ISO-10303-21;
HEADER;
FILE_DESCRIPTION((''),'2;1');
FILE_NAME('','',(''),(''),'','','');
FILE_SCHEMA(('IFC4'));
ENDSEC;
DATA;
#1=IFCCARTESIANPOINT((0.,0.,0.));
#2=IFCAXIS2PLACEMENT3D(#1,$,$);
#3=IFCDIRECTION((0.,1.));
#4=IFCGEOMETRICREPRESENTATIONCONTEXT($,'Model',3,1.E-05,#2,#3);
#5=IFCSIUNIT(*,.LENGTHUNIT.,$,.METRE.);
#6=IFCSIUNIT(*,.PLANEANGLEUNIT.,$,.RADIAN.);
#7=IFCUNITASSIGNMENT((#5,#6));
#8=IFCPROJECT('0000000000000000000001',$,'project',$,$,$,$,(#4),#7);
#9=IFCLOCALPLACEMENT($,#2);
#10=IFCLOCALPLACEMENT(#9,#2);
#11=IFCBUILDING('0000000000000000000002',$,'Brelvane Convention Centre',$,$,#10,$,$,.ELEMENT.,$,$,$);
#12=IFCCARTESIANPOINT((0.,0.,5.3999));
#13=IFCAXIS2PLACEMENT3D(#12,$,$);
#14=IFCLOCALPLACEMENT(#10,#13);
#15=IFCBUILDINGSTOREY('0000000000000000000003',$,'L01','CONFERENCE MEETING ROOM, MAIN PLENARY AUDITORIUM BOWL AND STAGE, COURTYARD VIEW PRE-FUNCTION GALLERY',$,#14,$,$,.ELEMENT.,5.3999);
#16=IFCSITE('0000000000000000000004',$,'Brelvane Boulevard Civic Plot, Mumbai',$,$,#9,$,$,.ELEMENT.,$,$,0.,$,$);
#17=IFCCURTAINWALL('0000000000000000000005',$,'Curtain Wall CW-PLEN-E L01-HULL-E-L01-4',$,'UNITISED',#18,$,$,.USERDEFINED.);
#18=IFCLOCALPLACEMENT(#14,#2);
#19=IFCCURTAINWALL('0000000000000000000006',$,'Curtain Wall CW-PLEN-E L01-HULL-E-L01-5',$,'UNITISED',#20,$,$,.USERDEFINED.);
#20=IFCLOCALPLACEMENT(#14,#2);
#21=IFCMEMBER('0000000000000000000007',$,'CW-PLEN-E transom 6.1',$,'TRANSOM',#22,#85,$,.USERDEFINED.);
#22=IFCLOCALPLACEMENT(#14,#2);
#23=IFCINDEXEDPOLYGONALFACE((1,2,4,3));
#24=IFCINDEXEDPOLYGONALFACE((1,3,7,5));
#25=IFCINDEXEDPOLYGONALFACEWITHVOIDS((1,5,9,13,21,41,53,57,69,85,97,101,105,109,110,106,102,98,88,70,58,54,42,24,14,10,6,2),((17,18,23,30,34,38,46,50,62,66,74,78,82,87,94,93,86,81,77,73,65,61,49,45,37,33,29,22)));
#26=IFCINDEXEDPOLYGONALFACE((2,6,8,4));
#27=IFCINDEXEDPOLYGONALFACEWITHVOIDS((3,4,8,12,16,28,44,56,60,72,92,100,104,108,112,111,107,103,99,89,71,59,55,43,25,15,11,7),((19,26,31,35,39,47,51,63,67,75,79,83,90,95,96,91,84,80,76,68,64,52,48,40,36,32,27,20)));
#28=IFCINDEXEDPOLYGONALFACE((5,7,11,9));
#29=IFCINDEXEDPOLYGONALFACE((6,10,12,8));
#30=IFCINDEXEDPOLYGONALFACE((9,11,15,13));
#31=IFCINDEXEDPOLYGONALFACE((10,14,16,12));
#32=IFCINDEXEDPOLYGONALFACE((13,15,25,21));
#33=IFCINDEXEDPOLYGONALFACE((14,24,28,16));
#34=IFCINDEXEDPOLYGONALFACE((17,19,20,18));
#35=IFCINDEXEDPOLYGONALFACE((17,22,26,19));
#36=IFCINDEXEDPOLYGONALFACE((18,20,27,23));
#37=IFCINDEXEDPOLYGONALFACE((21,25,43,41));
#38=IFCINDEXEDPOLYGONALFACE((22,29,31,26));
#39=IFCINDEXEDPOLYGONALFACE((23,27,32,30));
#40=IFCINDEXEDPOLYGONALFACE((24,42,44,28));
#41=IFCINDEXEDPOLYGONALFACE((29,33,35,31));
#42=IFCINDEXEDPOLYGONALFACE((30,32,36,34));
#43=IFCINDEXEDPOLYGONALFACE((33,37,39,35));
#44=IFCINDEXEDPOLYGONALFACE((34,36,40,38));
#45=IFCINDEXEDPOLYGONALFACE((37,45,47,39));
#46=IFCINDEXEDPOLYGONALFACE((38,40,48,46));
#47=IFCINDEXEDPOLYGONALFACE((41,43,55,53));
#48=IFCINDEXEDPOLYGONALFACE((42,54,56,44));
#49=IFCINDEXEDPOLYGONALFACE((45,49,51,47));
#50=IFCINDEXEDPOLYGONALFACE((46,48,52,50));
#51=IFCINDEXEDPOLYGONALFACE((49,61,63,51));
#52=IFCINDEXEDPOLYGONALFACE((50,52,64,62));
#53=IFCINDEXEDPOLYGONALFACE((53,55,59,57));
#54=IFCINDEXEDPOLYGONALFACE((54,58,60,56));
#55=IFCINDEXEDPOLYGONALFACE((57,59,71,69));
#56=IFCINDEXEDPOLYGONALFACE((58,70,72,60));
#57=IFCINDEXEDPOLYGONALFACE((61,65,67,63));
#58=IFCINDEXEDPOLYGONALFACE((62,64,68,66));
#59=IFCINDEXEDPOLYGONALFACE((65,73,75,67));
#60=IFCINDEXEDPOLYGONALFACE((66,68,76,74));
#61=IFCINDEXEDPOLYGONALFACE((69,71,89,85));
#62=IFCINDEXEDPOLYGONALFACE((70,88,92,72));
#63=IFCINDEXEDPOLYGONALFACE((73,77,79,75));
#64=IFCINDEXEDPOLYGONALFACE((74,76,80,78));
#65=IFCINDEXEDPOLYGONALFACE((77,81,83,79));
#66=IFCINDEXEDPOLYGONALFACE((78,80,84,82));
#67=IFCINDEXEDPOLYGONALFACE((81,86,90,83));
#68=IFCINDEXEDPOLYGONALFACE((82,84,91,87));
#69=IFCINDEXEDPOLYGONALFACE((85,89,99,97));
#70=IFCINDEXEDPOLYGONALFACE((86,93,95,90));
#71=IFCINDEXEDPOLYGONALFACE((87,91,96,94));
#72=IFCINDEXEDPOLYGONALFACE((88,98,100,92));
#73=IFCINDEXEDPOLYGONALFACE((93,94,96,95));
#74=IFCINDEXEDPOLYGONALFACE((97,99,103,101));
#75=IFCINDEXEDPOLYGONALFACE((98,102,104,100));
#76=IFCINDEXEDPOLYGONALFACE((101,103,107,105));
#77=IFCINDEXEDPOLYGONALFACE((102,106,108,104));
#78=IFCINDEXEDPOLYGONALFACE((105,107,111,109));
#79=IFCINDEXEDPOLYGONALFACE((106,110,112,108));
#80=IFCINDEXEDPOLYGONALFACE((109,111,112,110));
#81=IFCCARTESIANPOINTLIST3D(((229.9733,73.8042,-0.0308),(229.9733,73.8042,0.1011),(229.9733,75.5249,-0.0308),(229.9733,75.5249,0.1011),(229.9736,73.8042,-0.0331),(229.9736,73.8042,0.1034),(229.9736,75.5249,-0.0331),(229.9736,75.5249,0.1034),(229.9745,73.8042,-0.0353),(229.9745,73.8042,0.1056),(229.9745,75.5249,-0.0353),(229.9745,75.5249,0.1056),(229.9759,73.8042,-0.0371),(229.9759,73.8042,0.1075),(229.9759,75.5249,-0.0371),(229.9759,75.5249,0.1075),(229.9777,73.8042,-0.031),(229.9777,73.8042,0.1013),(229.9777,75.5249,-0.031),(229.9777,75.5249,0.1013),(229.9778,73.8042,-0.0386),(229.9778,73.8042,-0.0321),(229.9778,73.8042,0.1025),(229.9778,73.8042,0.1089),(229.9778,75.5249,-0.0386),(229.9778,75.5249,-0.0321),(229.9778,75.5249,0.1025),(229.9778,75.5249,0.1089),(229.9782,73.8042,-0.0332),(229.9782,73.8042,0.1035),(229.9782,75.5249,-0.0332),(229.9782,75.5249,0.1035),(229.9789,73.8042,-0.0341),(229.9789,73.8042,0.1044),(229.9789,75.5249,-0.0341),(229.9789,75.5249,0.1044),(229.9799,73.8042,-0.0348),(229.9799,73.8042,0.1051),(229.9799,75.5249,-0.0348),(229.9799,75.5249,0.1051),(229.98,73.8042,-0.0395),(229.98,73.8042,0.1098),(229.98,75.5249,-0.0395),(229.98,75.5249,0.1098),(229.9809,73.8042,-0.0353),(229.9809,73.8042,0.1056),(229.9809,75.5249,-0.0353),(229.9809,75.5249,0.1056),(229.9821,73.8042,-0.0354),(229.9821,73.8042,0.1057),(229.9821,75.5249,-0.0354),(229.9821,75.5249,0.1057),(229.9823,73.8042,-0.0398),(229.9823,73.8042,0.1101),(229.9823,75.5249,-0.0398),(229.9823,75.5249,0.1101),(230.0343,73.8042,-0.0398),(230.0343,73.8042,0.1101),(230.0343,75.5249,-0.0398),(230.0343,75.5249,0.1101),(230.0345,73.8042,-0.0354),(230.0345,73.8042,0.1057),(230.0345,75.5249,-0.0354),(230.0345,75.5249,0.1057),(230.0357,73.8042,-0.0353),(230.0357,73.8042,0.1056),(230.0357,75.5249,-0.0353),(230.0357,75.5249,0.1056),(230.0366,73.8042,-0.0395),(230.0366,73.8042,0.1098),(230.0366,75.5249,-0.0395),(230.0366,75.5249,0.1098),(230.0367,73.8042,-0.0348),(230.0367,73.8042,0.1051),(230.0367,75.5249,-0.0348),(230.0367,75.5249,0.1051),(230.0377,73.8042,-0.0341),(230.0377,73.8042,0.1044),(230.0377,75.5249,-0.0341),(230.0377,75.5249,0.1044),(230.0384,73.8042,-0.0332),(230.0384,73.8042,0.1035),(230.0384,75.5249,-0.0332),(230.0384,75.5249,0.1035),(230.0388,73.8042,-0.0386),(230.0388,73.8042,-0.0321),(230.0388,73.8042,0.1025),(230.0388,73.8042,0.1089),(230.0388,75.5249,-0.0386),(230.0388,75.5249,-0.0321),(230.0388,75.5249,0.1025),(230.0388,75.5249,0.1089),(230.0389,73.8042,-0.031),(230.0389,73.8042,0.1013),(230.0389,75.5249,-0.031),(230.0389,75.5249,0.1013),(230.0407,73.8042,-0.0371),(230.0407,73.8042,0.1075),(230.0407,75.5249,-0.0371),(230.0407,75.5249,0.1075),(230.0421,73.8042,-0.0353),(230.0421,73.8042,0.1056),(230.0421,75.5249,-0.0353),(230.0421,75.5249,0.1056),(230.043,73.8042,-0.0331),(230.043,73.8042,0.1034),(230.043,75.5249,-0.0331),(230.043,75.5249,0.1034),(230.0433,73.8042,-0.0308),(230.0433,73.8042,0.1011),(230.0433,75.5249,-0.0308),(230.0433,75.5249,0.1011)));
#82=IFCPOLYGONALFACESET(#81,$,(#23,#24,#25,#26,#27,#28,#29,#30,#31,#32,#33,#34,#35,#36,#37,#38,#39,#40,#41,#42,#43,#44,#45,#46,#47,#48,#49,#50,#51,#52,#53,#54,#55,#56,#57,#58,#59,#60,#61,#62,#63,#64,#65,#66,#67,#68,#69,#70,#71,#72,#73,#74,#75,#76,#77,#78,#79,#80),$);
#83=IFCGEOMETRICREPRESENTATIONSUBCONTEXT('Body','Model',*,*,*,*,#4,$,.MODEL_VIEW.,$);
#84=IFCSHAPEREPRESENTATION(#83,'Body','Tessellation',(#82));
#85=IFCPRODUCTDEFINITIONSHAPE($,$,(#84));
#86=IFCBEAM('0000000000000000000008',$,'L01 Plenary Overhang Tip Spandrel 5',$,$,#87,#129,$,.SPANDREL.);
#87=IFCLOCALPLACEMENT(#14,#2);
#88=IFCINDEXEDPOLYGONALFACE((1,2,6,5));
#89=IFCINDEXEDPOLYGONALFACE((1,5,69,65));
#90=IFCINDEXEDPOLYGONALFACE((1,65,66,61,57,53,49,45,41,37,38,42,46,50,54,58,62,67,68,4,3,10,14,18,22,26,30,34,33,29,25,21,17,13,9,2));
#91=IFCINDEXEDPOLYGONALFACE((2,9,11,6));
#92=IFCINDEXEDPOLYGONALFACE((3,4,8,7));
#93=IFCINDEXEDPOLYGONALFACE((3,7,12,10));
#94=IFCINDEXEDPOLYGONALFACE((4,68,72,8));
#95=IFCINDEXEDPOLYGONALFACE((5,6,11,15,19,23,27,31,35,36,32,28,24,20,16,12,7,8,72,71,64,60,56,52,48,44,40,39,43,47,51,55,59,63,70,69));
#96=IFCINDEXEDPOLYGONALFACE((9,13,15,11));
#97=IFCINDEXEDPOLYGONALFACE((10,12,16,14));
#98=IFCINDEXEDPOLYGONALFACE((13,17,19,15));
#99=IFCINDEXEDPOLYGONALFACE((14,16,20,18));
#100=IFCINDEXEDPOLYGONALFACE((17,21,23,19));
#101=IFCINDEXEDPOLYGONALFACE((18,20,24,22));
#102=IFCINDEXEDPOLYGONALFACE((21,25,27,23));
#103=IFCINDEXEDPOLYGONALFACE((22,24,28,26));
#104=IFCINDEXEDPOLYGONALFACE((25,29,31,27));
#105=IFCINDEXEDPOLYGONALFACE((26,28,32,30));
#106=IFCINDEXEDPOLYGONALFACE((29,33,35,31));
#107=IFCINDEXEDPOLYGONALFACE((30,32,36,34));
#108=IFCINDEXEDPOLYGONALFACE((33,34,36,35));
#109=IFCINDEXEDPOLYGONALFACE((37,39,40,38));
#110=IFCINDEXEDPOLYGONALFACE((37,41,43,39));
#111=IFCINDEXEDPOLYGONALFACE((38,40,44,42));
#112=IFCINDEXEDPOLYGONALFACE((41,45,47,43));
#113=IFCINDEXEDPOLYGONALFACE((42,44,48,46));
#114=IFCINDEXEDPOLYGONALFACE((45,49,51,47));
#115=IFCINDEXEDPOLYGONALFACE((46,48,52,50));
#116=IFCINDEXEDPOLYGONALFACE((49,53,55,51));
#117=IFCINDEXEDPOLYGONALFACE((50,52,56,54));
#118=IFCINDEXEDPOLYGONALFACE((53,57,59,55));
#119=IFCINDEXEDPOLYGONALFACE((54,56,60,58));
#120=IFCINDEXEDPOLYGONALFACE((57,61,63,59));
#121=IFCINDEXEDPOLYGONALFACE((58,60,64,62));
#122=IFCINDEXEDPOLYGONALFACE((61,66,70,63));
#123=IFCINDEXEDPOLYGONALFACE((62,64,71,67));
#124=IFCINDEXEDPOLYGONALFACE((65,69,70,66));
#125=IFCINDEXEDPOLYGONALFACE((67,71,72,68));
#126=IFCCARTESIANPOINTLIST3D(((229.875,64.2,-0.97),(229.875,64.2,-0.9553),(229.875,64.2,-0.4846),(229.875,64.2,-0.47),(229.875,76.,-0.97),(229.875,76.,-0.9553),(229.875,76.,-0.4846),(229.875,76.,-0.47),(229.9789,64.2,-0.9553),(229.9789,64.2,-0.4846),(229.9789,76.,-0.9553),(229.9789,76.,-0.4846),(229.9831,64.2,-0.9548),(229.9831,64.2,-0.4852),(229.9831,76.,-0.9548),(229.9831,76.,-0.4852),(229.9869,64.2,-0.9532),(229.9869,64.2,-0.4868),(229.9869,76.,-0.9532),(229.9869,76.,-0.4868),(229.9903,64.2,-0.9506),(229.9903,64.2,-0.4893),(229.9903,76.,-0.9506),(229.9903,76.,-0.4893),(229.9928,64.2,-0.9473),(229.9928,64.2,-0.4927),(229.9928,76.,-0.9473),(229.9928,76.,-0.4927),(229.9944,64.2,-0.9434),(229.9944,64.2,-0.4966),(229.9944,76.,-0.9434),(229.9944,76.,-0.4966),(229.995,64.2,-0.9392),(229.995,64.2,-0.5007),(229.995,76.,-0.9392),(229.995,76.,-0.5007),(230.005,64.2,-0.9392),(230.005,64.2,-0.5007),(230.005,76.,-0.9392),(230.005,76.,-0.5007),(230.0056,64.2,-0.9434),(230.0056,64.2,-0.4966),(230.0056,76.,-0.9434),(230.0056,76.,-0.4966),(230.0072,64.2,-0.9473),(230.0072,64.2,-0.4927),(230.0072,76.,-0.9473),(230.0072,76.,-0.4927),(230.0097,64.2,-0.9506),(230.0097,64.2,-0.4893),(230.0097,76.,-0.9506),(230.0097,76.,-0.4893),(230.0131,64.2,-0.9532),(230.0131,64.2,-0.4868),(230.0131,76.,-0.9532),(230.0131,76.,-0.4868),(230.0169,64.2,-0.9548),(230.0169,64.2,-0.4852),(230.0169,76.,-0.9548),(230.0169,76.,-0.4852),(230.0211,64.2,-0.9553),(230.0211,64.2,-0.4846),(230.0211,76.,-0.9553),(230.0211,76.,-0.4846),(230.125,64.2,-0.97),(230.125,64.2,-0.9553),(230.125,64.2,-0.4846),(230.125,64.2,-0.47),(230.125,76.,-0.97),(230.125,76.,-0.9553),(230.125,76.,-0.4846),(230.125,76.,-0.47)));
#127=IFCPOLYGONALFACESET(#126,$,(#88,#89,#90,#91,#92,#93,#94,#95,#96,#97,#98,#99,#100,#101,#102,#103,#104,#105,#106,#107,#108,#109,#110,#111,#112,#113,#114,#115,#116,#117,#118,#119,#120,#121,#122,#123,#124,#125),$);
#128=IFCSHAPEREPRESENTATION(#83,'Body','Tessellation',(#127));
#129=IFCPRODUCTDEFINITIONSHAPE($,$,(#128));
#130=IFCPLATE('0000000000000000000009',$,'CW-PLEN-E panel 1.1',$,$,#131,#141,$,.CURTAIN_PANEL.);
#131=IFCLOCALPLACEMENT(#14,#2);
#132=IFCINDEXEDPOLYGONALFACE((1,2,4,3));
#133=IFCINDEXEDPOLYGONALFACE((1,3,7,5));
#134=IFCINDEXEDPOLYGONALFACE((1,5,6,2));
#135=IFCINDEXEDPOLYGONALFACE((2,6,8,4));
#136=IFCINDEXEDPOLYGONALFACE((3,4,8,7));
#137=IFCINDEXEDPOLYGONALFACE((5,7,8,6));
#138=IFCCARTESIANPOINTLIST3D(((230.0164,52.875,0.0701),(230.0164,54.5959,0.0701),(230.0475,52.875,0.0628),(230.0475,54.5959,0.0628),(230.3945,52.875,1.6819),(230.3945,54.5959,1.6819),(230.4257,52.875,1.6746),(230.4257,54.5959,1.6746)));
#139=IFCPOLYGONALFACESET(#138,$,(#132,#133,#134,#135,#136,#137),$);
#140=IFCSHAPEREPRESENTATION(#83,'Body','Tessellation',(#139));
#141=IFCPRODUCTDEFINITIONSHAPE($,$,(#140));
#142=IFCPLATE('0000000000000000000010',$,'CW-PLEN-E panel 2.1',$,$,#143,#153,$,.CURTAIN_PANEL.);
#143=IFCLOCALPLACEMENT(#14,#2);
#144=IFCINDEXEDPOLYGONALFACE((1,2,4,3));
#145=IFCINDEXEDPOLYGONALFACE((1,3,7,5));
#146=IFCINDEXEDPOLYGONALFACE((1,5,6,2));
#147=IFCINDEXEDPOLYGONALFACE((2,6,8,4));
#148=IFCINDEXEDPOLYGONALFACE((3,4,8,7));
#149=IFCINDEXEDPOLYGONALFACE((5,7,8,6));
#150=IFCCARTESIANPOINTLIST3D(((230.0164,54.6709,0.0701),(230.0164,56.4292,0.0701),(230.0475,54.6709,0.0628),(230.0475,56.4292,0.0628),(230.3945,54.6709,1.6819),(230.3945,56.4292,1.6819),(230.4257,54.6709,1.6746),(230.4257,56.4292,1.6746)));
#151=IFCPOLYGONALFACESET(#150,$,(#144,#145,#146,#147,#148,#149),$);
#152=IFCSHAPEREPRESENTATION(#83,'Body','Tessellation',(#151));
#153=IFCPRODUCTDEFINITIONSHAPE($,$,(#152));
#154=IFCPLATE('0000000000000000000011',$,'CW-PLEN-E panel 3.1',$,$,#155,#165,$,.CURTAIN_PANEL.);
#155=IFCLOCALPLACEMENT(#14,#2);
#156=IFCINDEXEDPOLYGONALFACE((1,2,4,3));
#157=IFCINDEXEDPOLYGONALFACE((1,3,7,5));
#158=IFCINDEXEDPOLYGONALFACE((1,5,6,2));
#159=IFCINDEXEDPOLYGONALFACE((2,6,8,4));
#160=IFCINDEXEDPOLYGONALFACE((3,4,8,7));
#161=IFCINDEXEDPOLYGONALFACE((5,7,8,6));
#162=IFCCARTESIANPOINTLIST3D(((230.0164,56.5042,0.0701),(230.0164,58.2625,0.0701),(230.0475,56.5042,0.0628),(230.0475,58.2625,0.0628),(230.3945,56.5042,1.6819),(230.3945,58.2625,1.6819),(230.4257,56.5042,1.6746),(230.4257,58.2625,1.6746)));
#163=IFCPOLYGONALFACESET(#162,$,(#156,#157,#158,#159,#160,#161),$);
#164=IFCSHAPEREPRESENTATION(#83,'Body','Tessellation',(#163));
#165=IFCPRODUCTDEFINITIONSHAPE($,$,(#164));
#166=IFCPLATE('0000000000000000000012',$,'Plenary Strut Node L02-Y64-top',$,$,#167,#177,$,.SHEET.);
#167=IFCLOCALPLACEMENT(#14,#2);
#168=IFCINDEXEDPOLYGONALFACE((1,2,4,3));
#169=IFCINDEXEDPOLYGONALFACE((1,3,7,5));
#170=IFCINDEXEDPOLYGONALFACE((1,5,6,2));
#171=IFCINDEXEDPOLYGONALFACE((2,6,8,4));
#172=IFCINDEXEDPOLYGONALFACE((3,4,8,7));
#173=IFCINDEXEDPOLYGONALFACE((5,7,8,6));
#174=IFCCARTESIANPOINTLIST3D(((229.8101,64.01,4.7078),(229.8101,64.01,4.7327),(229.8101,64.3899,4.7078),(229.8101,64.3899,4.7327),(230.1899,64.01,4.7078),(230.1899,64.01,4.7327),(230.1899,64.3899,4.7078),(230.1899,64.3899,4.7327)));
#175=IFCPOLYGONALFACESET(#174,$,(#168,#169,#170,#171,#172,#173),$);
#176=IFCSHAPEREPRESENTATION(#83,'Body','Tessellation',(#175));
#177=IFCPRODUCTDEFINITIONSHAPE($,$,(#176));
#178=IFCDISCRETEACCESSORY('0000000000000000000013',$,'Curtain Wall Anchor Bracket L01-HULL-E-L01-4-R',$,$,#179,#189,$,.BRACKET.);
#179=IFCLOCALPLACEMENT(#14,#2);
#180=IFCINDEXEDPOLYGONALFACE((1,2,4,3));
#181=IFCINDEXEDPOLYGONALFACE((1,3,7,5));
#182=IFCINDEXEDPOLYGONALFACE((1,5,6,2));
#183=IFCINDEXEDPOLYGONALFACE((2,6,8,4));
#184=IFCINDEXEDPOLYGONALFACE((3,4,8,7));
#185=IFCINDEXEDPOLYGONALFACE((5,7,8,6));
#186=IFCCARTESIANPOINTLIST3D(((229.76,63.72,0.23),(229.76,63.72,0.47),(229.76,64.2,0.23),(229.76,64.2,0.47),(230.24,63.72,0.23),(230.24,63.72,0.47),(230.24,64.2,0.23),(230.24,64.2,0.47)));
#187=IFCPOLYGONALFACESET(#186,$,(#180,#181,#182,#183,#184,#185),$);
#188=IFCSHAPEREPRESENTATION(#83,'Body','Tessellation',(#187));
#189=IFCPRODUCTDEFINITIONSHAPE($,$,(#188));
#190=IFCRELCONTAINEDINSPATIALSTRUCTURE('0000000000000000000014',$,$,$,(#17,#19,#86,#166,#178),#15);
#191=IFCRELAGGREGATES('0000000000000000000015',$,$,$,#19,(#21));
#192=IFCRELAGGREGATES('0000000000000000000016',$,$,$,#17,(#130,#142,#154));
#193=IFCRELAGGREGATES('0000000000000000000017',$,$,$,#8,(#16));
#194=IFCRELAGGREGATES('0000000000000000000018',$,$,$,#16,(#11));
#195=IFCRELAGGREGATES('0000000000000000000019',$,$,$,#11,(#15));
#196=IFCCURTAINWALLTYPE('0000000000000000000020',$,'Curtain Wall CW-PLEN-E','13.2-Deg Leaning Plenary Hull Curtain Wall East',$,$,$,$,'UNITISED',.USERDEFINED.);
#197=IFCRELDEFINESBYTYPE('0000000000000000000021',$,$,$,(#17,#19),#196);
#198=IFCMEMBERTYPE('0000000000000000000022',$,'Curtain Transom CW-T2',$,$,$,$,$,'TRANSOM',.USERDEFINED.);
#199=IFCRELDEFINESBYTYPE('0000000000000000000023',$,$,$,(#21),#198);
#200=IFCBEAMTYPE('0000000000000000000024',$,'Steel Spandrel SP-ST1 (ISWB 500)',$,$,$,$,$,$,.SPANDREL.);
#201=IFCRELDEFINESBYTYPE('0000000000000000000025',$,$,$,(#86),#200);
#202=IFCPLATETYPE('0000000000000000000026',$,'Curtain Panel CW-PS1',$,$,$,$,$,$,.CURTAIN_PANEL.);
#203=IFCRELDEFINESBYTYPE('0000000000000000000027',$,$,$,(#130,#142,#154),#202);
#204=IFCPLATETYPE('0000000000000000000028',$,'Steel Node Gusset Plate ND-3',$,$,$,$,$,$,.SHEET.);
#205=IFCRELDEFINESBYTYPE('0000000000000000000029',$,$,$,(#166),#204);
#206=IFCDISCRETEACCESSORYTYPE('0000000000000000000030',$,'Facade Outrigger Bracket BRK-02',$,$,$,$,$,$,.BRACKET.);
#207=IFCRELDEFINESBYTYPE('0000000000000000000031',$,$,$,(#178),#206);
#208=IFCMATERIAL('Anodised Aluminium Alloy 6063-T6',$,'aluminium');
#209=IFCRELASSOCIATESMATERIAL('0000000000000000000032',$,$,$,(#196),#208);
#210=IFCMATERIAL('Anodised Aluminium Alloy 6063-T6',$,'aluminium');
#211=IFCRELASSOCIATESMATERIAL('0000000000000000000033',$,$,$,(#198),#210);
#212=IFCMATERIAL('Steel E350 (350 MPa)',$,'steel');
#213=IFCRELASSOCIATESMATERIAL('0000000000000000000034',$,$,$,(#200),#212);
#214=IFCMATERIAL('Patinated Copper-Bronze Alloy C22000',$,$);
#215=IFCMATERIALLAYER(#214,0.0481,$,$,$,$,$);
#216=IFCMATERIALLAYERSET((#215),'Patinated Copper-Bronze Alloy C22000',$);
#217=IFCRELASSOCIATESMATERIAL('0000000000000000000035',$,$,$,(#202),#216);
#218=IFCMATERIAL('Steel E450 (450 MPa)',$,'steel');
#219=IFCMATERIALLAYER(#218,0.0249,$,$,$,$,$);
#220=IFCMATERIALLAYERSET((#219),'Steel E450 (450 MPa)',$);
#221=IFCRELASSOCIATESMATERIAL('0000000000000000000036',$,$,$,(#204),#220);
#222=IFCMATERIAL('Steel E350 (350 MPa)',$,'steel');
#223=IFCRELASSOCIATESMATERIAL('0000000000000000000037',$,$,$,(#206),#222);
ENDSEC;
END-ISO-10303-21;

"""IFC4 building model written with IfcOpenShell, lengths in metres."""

from ifc_helpers import new_model, si_unit, direction, frame, origin, origin_2d, place, context, subcontext, project, spatial, polyline, rectangle, hollow_rectangle, i_section, outline, extrude, material, layer, layer_set, material_profile, profile_set, type_object, element, aggregate, save


model = new_model("IFC4")

# Units and contexts
model_context = context("Model", 3, precision=1e-05, world=origin(), true_north=direction((0.0, 1.0)))
body_context = subcontext(model_context, "Body", "Model", "MODEL_VIEW")
ifc_project = project(units=[si_unit("LENGTHUNIT", "METRE"), si_unit("PLANEANGLEUNIT", "RADIAN")], contexts=[model_context])

# Site, building, storey
site_placement = place(None, origin())
site = spatial("IfcSite", under=ifc_project, at=site_placement, Name="Brelvane Boulevard Civic Plot, Mumbai", CompositionType="ELEMENT", RefElevation=0.0)
building_placement = place(site_placement, origin())
building = spatial("IfcBuilding", under=site, at=building_placement, Name="Brelvane Convention Centre", CompositionType="ELEMENT")
storey_placement = place(building_placement, frame((0.0, 0.0, 5.3999)))
storey = spatial("IfcBuildingStorey", under=building, at=storey_placement, Name="L01", Description="CONFERENCE MEETING ROOM, MAIN PLENARY AUDITORIUM BOWL AND STAGE, COURTYARD VIEW PRE-FUNCTION GALLERY", CompositionType="ELEMENT", Elevation=5.3999)

# Curtain walls
ifc_material_1 = material(Name="Anodised Aluminium Alloy 6063-T6", Category="aluminium")
curtain_wall_type = type_object("IfcCurtainWallType", Name="Curtain Wall CW-PLEN-E", Description="13.2-Deg Leaning Plenary Hull Curtain Wall East", ElementType="UNITISED", PredefinedType="USERDEFINED", material=ifc_material_1)
curtain_wall_1_placement = place(storey_placement, origin())
curtain_wall_1 = element("IfcCurtainWall", 1, at=curtain_wall_1_placement, inside=storey, type_object=curtain_wall_type, Name="Curtain Wall CW-PLEN-E L01-HULL-E-L01-4", ObjectType="UNITISED", PredefinedType="USERDEFINED")
curtain_wall_2_placement = place(storey_placement, origin())
curtain_wall_2 = element("IfcCurtainWall", 2, at=curtain_wall_2_placement, inside=storey, type_object=curtain_wall_type, Name="Curtain Wall CW-PLEN-E L01-HULL-E-L01-5", ObjectType="UNITISED", PredefinedType="USERDEFINED")

# Member
ifc_material_2 = material(Name="Anodised Aluminium Alloy 6063-T6", Category="aluminium")
ifc_material_profile_1 = material_profile(ifc_material_2, hollow_rectangle(XDim=0.0701, YDim=0.1499, WallThickness=0.0044, InnerFilletRadius=0.0044, OuterFilletRadius=0.009, at=origin_2d()), Name="ALU-T 150x70x4.5")
ifc_profile_set_1 = profile_set([ifc_material_profile_1], Name="Anodised Aluminium Alloy 6063-T6")
member_type_1 = type_object("IfcMemberType", Name="Curtain Transom CW-T2", ElementType="TRANSOM", PredefinedType="USERDEFINED", material=ifc_profile_set_1)
member_1_placement = place(storey_placement, frame((230.0083, 73.8042, 0.0352), z_axis=(0.0, 1.0, 0.0), x_axis=(-1.0, 0.0, 0.0)))
member_1 = element("IfcMember", 3, at=member_1_placement, type_object=member_type_1, Name="CW-PLEN-E transom 6.1", ObjectType="TRANSOM", PredefinedType="USERDEFINED", context=body_context, shape_type="SweptSolid", body=[
    extrude(hollow_rectangle(XDim=0.0701, YDim=0.1499, WallThickness=0.0044, InnerFilletRadius=0.0044, OuterFilletRadius=0.009, at=origin_2d()), origin(), (0.0, 0.0, 1.0), 1.7207),
])
aggregate(curtain_wall_2, [member_1])

# Beam
ifc_material_3 = material(Name="Steel E350 (350 MPa)", Category="steel")
ifc_material_profile_2 = material_profile(ifc_material_3, i_section(OverallWidth=0.25, OverallDepth=0.5, WebThickness=0.01, FlangeThickness=0.0146, FilletRadius=0.0161, at=origin_2d()), Name="ISWB 500")
ifc_profile_set_2 = profile_set([ifc_material_profile_2], Name="Steel E350 (350 MPa)")
beam_type = type_object("IfcBeamType", Name="Steel Spandrel SP-ST1 (ISWB 500)", PredefinedType="SPANDREL", material=ifc_profile_set_2)
beam_placement = place(storey_placement, frame((230.0, 64.2, -0.72), z_axis=(0.0, 1.0, 0.0), x_axis=(-1.0, 0.0, 0.0)))
element("IfcBeam", 4, at=beam_placement, inside=storey, type_object=beam_type, Name="L01 Plenary Overhang Tip Spandrel 5", PredefinedType="SPANDREL", context=body_context, shape_type="SweptSolid", body=[
    extrude(i_section(OverallWidth=0.25, OverallDepth=0.5, WebThickness=0.01, FlangeThickness=0.0146, FilletRadius=0.0161, at=origin_2d()), origin(), (0.0, 0.0, 1.0), 11.8),
])

# Plates
ifc_material_4 = material(Name="Patinated Copper-Bronze Alloy C22000")
ifc_layer_1 = layer(ifc_material_4, 0.0481)
ifc_layer_set_1 = layer_set([ifc_layer_1], Name="Patinated Copper-Bronze Alloy C22000")
plate_type_1 = type_object("IfcPlateType", Name="Curtain Panel CW-PS1", PredefinedType="CURTAIN_PANEL", material=ifc_layer_set_1)
plate_1_placement = place(storey_placement, frame((230.0164, 52.875, 0.0701), z_axis=(-0.973562, 0.0, 0.228423), x_axis=(0.0, 1.0, 0.0)))
plate_1 = element("IfcPlate", 5, at=plate_1_placement, type_object=plate_type_1, Name="CW-PLEN-E panel 1.1", PredefinedType="CURTAIN_PANEL", context=body_context, shape_type="SweptSolid", body=[
    extrude(outline(polyline([(0.0, 0.0), (1.7209, 0.0), (1.7209, -1.6556), (0.0, -1.6556), (0.0, 0.0)])), origin(), (0.0, 0.0, -1.0), 0.032),
])
plate_2_placement = place(storey_placement, frame((230.0164, 54.6709, 0.0701), z_axis=(-0.973562, 0.0, 0.228423), x_axis=(0.0, 1.0, 0.0)))
plate_2 = element("IfcPlate", 6, at=plate_2_placement, type_object=plate_type_1, Name="CW-PLEN-E panel 2.1", PredefinedType="CURTAIN_PANEL", context=body_context, shape_type="SweptSolid", body=[
    extrude(outline(polyline([(0.0, 0.0), (1.7583, 0.0), (1.7583, -1.6556), (0.0, -1.6556), (0.0, 0.0)])), origin(), (0.0, 0.0, -1.0), 0.032),
])
plate_3_placement = place(storey_placement, frame((230.0164, 56.5042, 0.0701), z_axis=(-0.973562, 0.0, 0.228423), x_axis=(0.0, 1.0, 0.0)))
plate_3 = element("IfcPlate", 7, at=plate_3_placement, type_object=plate_type_1, Name="CW-PLEN-E panel 3.1", PredefinedType="CURTAIN_PANEL", context=body_context, shape_type="SweptSolid", body=[
    extrude(outline(polyline([(0.0, 0.0), (1.7583, 0.0), (1.7583, -1.6556), (0.0, -1.6556), (0.0, 0.0)])), origin(), (0.0, 0.0, -1.0), 0.032),
])
aggregate(curtain_wall_1, [plate_1, plate_2, plate_3])
ifc_material_5 = material(Name="Steel E450 (450 MPa)", Category="steel")
ifc_layer_2 = layer(ifc_material_5, 0.0249)
ifc_layer_set_2 = layer_set([ifc_layer_2], Name="Steel E450 (450 MPa)")
plate_type_2 = type_object("IfcPlateType", Name="Steel Node Gusset Plate ND-3", PredefinedType="SHEET", material=ifc_layer_set_2)
plate_4_placement = place(storey_placement, frame((230.0, 64.2, 4.7078), z_axis=(0.0, 0.0, 1.0), x_axis=(1.0, 0.0, 0.0)))
element("IfcPlate", 8, at=plate_4_placement, inside=storey, type_object=plate_type_2, Name="Plenary Strut Node L02-Y64-top", PredefinedType="SHEET", context=body_context, shape_type="SweptSolid", body=[
    extrude(rectangle(XDim=0.3799, YDim=0.3799, at=origin_2d()), origin(), (0.0, 0.0, 1.0), 0.0249),
])

# Discrete accessory
ifc_material_6 = material(Name="Steel E350 (350 MPa)", Category="steel")
discrete_accessory_type = type_object("IfcDiscreteAccessoryType", Name="Facade Outrigger Bracket BRK-02", PredefinedType="BRACKET", material=ifc_material_6)
discrete_accessory_1_placement = place(storey_placement, frame((230.0, 63.96, 0.23), z_axis=(0.0, 0.0, 1.0), x_axis=(1.0, 0.0, 0.0)))
element("IfcDiscreteAccessory", 9, at=discrete_accessory_1_placement, inside=storey, type_object=discrete_accessory_type, Name="Curtain Wall Anchor Bracket L01-HULL-E-L01-4-R", PredefinedType="BRACKET", context=body_context, shape_type="SweptSolid", body=[
    extrude(rectangle(XDim=0.48, YDim=0.48, at=origin_2d()), origin(), (0.0, 0.0, 1.0), 0.24),
])

save(model, "model.ifc")
